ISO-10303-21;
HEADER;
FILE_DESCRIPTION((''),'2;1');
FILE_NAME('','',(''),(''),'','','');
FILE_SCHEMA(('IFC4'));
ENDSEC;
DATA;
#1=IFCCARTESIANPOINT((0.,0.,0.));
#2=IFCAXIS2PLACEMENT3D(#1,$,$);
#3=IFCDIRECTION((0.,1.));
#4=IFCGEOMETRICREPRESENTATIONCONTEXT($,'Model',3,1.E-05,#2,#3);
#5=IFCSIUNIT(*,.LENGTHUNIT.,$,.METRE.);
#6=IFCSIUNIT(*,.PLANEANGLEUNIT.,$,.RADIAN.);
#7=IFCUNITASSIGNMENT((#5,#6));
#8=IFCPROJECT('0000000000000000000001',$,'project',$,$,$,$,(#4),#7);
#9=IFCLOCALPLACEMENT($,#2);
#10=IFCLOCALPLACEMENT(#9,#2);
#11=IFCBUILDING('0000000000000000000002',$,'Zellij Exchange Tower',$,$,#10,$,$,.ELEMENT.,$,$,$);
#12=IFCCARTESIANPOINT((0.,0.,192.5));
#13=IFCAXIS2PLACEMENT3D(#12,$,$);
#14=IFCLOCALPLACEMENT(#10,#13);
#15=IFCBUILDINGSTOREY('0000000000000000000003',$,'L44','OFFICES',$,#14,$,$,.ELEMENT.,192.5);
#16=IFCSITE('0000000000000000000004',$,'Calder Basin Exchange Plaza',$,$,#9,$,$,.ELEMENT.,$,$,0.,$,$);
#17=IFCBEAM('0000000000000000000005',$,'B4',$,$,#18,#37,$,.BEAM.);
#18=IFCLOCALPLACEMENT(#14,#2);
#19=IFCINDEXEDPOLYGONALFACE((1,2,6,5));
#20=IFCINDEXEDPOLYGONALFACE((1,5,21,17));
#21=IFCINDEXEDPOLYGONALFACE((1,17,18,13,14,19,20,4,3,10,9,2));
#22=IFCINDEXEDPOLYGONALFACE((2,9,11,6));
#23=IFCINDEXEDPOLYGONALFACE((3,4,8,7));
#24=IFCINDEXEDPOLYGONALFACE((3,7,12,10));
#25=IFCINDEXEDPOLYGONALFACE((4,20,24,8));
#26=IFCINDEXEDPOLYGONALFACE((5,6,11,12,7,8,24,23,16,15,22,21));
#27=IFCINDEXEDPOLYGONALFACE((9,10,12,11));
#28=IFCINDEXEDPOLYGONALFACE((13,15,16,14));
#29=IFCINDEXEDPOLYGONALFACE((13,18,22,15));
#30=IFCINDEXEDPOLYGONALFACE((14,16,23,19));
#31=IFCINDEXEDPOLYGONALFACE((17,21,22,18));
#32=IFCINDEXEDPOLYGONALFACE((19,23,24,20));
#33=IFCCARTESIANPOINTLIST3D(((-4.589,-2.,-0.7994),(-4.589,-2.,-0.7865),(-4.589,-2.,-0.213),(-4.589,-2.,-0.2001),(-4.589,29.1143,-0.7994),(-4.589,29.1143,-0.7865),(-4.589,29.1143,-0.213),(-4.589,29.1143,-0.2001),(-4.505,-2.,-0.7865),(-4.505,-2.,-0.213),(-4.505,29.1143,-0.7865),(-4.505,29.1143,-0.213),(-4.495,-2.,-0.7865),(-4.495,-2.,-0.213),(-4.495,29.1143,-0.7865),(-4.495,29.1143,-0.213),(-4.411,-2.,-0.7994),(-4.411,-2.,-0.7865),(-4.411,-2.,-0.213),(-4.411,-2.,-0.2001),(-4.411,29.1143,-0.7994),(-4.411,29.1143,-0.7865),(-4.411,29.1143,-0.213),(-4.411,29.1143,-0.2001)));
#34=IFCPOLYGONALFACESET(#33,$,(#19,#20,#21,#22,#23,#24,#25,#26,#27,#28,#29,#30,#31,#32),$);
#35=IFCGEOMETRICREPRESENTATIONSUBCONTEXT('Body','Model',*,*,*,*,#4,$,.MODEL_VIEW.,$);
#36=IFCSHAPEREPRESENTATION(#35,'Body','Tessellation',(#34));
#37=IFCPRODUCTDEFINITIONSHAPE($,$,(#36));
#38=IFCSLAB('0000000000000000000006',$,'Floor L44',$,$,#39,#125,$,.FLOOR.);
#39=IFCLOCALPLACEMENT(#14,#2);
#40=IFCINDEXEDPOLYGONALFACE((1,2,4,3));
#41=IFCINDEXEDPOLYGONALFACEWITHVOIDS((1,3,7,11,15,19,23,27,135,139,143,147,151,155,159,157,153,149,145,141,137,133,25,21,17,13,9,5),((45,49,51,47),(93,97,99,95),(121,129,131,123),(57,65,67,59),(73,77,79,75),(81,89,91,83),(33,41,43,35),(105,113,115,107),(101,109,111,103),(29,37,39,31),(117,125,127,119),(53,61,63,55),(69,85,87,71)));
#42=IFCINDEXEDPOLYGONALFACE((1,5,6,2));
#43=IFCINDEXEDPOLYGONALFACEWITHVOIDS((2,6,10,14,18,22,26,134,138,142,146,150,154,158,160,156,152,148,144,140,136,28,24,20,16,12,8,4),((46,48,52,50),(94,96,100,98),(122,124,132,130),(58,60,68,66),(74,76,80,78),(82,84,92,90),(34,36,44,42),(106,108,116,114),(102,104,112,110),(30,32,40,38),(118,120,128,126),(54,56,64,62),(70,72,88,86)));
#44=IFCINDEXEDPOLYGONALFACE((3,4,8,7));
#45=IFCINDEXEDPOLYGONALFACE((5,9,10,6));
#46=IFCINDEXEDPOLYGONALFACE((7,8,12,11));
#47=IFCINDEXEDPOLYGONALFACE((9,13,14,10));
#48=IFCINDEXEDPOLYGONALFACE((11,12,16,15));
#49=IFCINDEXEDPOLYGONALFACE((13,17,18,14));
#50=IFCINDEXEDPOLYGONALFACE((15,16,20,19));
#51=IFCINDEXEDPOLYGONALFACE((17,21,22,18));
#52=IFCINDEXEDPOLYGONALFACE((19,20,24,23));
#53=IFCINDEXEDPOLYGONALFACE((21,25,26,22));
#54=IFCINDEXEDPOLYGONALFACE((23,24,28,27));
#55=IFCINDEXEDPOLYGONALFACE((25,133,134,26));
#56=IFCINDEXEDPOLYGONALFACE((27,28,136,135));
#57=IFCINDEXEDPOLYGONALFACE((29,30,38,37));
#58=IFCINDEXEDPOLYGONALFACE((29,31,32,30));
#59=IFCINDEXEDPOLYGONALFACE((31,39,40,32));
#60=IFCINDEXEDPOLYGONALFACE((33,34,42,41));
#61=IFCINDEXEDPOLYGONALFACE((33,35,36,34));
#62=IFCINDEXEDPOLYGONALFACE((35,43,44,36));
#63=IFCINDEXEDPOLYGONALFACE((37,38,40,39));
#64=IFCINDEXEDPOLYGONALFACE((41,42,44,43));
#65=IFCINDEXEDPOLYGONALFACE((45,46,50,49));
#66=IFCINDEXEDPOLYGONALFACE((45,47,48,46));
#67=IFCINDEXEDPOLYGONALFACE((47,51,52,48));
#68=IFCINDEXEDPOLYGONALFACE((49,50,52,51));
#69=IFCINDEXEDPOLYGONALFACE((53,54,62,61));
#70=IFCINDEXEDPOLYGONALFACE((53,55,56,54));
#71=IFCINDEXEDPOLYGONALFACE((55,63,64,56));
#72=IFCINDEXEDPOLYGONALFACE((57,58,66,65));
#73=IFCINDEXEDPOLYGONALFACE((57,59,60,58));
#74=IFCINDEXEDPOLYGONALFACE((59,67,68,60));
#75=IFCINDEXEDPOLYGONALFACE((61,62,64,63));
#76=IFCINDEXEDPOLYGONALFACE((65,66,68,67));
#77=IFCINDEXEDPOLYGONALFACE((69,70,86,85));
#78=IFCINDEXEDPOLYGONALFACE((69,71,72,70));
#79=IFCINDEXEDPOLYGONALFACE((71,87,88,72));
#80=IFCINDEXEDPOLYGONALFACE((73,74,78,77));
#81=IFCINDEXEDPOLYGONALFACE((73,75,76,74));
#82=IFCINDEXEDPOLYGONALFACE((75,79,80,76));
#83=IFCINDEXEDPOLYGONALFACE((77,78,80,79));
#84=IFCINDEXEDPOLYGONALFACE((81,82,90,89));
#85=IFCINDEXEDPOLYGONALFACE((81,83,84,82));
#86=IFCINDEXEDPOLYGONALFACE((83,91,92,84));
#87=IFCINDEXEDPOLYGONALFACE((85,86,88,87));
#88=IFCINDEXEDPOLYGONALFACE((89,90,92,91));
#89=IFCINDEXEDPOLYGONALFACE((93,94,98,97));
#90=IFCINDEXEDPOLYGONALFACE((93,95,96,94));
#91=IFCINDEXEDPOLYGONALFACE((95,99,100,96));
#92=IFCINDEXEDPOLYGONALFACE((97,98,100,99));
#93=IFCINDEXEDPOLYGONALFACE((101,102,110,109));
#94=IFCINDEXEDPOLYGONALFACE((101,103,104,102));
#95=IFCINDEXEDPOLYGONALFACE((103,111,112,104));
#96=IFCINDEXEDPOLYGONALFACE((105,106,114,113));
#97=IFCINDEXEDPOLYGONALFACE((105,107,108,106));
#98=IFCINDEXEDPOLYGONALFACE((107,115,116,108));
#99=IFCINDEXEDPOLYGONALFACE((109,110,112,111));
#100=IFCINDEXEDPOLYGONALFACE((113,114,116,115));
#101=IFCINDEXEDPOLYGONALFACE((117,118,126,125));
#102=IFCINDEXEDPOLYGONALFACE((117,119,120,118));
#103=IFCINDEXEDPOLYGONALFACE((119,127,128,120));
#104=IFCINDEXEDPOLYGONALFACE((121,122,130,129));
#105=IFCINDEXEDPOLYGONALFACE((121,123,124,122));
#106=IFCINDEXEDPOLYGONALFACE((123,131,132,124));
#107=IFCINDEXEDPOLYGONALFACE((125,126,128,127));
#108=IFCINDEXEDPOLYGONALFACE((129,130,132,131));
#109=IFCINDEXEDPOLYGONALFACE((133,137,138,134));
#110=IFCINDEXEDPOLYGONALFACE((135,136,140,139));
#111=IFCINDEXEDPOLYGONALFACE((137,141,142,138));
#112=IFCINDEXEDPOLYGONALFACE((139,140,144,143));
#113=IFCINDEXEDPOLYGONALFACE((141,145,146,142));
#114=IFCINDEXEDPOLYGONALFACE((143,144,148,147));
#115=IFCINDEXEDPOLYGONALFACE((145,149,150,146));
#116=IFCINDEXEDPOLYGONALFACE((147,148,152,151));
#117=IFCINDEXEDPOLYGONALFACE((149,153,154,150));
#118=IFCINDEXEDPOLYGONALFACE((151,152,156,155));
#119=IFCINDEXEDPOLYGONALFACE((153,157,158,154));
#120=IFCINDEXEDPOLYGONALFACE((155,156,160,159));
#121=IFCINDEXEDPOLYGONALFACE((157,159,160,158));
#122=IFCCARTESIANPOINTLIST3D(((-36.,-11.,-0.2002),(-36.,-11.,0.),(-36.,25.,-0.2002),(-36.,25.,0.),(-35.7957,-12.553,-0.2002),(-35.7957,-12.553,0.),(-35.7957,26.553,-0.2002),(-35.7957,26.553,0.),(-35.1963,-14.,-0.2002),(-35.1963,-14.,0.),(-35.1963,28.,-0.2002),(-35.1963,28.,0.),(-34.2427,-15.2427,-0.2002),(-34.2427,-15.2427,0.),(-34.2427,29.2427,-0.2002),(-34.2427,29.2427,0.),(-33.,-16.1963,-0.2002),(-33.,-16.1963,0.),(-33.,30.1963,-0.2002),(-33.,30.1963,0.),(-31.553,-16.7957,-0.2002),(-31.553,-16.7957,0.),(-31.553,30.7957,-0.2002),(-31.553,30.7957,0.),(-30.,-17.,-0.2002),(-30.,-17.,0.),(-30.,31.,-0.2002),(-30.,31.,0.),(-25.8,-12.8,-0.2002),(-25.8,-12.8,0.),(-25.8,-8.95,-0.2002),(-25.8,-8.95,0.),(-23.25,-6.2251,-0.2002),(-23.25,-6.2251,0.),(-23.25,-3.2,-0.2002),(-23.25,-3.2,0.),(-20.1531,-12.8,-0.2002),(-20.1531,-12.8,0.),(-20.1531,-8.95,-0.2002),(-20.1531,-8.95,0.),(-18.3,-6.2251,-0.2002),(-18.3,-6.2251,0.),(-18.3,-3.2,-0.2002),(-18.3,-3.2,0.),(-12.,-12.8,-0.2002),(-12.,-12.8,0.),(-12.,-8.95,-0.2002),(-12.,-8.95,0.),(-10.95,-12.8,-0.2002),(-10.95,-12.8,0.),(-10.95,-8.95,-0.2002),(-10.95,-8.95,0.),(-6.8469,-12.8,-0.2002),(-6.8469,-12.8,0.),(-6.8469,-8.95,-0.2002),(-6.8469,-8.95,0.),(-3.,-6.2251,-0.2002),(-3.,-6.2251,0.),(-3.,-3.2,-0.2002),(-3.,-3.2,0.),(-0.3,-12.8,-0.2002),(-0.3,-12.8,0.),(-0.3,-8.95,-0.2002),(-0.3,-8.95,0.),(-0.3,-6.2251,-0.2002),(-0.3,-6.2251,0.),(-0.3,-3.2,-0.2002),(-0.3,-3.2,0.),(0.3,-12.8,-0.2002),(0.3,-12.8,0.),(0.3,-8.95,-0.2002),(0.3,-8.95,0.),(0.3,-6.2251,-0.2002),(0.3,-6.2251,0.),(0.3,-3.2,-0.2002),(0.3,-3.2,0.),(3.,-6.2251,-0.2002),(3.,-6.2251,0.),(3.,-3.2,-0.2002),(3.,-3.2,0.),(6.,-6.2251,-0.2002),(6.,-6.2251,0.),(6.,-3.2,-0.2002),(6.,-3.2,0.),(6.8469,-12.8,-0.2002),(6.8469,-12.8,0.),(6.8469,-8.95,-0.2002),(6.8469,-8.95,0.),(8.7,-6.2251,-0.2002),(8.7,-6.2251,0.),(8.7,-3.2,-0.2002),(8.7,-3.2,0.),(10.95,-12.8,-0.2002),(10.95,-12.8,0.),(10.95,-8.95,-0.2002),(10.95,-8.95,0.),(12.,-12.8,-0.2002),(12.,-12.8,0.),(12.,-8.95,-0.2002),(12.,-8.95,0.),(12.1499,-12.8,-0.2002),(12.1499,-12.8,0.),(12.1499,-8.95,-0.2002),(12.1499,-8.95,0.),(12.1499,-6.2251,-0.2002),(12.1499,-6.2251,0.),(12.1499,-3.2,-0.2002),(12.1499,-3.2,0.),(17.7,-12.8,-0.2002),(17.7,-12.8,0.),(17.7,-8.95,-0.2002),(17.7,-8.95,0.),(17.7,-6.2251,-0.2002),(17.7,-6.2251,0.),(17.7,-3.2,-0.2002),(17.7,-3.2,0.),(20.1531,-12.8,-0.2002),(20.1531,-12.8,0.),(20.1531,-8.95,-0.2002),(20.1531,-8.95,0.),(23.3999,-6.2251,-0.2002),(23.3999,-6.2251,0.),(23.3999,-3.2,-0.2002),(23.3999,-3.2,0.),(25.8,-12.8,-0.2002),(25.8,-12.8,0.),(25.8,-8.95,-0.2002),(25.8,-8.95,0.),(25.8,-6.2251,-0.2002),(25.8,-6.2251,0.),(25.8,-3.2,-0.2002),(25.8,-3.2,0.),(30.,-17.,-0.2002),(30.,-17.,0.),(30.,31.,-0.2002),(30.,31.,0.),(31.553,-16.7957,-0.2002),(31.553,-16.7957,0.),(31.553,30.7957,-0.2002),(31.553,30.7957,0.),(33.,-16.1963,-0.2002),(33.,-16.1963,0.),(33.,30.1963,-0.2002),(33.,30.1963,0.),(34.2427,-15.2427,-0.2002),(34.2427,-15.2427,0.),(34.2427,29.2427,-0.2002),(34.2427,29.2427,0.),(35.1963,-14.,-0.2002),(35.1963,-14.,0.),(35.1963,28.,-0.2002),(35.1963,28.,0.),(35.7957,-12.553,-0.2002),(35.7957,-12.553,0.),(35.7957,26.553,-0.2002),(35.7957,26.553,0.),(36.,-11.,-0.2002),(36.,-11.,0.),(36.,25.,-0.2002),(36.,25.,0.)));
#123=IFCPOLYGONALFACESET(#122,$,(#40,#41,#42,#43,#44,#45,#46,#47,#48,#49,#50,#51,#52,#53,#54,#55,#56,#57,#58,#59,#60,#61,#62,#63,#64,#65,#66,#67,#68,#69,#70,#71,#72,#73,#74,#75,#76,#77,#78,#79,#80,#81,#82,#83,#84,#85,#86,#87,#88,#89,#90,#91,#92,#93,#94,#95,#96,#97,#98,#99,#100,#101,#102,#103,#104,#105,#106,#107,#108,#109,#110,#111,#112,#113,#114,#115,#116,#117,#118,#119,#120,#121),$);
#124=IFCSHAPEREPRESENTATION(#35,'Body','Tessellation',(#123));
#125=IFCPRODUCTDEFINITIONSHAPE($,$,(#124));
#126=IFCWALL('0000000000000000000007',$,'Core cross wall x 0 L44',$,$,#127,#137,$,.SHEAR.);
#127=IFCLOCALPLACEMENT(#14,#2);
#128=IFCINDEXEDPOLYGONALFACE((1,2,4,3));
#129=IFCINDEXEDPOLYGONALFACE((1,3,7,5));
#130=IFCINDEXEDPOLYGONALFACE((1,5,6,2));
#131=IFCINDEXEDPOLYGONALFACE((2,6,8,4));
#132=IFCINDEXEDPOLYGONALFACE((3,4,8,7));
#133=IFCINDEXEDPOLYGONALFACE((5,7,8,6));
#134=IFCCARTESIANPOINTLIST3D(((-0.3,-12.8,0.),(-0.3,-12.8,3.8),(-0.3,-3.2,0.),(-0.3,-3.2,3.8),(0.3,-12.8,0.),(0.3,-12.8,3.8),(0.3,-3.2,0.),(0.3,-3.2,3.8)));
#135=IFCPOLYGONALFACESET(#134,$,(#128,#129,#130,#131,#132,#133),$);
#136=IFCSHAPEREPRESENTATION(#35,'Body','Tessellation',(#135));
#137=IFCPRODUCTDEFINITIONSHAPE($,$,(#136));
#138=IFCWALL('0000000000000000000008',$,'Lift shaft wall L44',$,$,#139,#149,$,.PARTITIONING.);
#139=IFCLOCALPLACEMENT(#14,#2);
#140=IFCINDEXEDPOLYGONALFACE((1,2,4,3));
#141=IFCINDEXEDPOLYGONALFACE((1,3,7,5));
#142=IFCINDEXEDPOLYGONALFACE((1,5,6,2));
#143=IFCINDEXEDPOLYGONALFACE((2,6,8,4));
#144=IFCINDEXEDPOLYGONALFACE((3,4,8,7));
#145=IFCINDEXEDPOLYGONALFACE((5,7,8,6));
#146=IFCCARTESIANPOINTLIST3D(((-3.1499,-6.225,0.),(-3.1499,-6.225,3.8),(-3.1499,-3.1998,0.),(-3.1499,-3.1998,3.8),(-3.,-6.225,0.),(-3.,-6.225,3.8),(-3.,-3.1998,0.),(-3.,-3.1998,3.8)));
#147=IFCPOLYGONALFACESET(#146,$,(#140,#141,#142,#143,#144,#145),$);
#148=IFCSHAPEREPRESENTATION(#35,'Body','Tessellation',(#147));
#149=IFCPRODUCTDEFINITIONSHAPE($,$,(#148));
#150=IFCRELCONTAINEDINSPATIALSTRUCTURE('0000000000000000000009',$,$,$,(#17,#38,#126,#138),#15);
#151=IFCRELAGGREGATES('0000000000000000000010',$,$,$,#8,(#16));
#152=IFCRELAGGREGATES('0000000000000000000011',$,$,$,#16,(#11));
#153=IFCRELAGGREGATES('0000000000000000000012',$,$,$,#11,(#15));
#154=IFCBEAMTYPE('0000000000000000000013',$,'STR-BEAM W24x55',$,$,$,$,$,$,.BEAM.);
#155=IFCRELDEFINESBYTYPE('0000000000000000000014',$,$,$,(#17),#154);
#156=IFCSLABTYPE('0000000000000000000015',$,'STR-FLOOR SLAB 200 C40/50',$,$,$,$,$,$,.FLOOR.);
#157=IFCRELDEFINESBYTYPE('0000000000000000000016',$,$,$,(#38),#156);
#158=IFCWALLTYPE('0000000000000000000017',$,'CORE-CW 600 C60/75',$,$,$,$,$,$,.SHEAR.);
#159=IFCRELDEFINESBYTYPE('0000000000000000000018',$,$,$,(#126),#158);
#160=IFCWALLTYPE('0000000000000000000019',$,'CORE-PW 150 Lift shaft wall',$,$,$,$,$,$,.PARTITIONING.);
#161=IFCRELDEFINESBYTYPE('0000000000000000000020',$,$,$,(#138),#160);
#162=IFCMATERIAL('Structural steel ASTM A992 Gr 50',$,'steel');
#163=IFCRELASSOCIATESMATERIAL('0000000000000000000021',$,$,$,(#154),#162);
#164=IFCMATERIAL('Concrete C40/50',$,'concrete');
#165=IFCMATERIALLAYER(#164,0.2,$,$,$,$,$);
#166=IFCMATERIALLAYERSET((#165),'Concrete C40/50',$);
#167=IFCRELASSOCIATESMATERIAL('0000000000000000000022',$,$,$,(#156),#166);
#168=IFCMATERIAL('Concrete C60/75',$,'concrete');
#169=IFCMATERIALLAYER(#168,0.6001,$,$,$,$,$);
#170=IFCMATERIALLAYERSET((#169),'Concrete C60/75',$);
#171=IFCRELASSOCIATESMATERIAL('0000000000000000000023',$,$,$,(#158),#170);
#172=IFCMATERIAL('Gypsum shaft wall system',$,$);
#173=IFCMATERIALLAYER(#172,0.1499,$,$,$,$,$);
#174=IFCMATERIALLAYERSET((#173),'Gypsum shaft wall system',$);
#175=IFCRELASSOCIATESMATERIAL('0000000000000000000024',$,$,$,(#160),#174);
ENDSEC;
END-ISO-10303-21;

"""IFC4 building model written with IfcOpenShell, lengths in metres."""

from ifc_helpers import new_model, si_unit, direction, frame, frame_2d, origin, origin_2d, place, context, subcontext, project, spatial, polyline, rectangle, i_section, outline, extrude, material, layer, layer_set, material_profile, profile_set, type_object, element, save


model = new_model("IFC4")

# Units and contexts
model_context = context("Model", 3, precision=1e-05, world=origin(), true_north=direction((0.0, 1.0)))
body_context = subcontext(model_context, "Body", "Model", "MODEL_VIEW")
ifc_project = project(units=[si_unit("LENGTHUNIT", "METRE"), si_unit("PLANEANGLEUNIT", "RADIAN")], contexts=[model_context])

# Site, building, storey
site_placement = place(None, origin())
site = spatial("IfcSite", under=ifc_project, at=site_placement, Name="Calder Basin Exchange Plaza", CompositionType="ELEMENT", RefElevation=0.0)
building_placement = place(site_placement, origin())
building = spatial("IfcBuilding", under=site, at=building_placement, Name="Zellij Exchange Tower", CompositionType="ELEMENT")
storey_placement = place(building_placement, frame((0.0, 0.0, 192.5)))
storey = spatial("IfcBuildingStorey", under=building, at=storey_placement, Name="L44", Description="OFFICES", CompositionType="ELEMENT", Elevation=192.5)

# Beam
ifc_material_1 = material(Name="Structural steel ASTM A992 Gr 50", Category="steel")
ifc_material_profile = material_profile(ifc_material_1, i_section(OverallWidth=0.178, OverallDepth=0.5994, WebThickness=0.01, FlangeThickness=0.0129, at=origin_2d()), Name="W24x55")
ifc_profile_set = profile_set([ifc_material_profile], Name="Structural steel ASTM A992 Gr 50")
beam_type = type_object("IfcBeamType", Name="STR-BEAM W24x55", PredefinedType="BEAM", material=ifc_profile_set)
beam_placement = place(storey_placement, frame((-4.5, -2.0, -0.4998), z_axis=(0.0, 1.0, 0.0), x_axis=(-1.0, 0.0, 0.0)))
element("IfcBeam", 1, at=beam_placement, inside=storey, type_object=beam_type, Name="B4", PredefinedType="BEAM", context=body_context, shape_type="SweptSolid", body=[
    extrude(i_section(OverallWidth=0.178, OverallDepth=0.5994, WebThickness=0.01, FlangeThickness=0.0129, at=origin_2d()), origin(), (0.0, 0.0, 1.0), 31.1143),
])

# Slab
ifc_material_2 = material(Name="Concrete C40/50", Category="concrete")
ifc_layer_1 = layer(ifc_material_2, 0.2)
ifc_layer_set_1 = layer_set([ifc_layer_1], Name="Concrete C40/50")
slab_type = type_object("IfcSlabType", Name="STR-FLOOR SLAB 200 C40/50", PredefinedType="FLOOR", material=ifc_layer_set_1)
slab_placement = place(storey_placement, frame((0.0, 0.0, -0.2002)))
element("IfcSlab", 2, at=slab_placement, inside=storey, type_object=slab_type, Name="Floor L44", PredefinedType="FLOOR", context=body_context, shape_type="SweptSolid", body=[
    extrude(outline(polyline([(-30.0, -17.0), (-31.553, -16.7957), (-33.0, -16.1963), (-34.2427, -15.2427), (-35.1963, -14.0), (-35.7957, -12.553), (-36.0, -11.0), (-36.0, 25.0), (-35.7957, 26.553), (-35.1963, 28.0), (-34.2427, 29.2427), (-33.0, 30.1963), (-31.553, 30.7957), (-30.0, 31.0), (30.0, 31.0), (31.553, 30.7957), (33.0, 30.1963), (34.2427, 29.2427), (35.1963, 28.0), (35.7957, 26.553), (36.0, 25.0), (36.0, -11.0), (35.7957, -12.553), (35.1963, -14.0), (34.2427, -15.2427), (33.0, -16.1963), (31.553, -16.7957), (30.0, -17.0), (-30.0, -17.0)]), holes=[polyline([(-25.8, -8.95), (-25.8, -12.8), (-20.1531, -12.8), (-20.1531, -8.95), (-25.8, -8.95)]), polyline([(-10.95, -8.95), (-12.0, -8.95), (-12.0, -12.8), (-10.95, -12.8), (-10.95, -8.95)]), polyline([(-0.3, -8.95), (-6.8469, -8.95), (-6.8469, -12.8), (-0.3, -12.8), (-0.3, -8.95)]), polyline([(0.3, -8.95), (0.3, -12.8), (6.8469, -12.8), (6.8469, -8.95), (0.3, -8.95)]), polyline([(-18.3, -3.2), (-23.25, -3.2), (-23.25, -6.2251), (-18.3, -6.2251), (-18.3, -3.2)]), polyline([(-0.3, -3.2), (-3.0, -3.2), (-3.0, -6.2251), (-0.3, -6.2251), (-0.3, -3.2)]), polyline([(0.3, -3.2), (0.3, -6.2251), (3.0, -6.2251), (3.0, -3.2), (0.3, -3.2)]), polyline([(12.0, -8.95), (10.95, -8.95), (10.95, -12.8), (12.0, -12.8), (12.0, -8.95)]), polyline([(17.7, -8.95), (12.1499, -8.95), (12.1499, -12.8), (17.7, -12.8), (17.7, -8.95)]), polyline([(25.8, -8.95), (20.1531, -8.95), (20.1531, -12.8), (25.8, -12.8), (25.8, -8.95)]), polyline([(8.7, -3.2), (6.0, -3.2), (6.0, -6.2251), (8.7, -6.2251), (8.7, -3.2)]), polyline([(17.7, -3.2), (12.1499, -3.2), (12.1499, -6.2251), (17.7, -6.2251), (17.7, -3.2)]), polyline([(25.8, -3.2), (23.3999, -3.2), (23.3999, -6.2251), (25.8, -6.2251), (25.8, -3.2)])]), origin(), (0.0, 0.0, 1.0), 0.2002),
])

# Walls
ifc_material_3 = material(Name="Concrete C60/75", Category="concrete")
ifc_layer_2 = layer(ifc_material_3, 0.6001)
ifc_layer_set_2 = layer_set([ifc_layer_2], Name="Concrete C60/75")
wall_type_1 = type_object("IfcWallType", Name="CORE-CW 600 C60/75", PredefinedType="SHEAR", material=ifc_layer_set_2)
wall_1_placement = place(storey_placement, frame((0.0, -12.8, 0.0), z_axis=(0.0, 0.0, 1.0), x_axis=(0.0, 1.0, 0.0)))
element("IfcWall", 3, at=wall_1_placement, inside=storey, type_object=wall_type_1, Name="Core cross wall x 0 L44", PredefinedType="SHEAR", context=body_context, shape_type="SweptSolid", body=[
    extrude(rectangle(XDim=9.6001, YDim=0.6001, at=frame_2d((4.8, 0.0))), origin(), (0.0, 0.0, 1.0), 3.8),
])
ifc_material_4 = material(Name="Gypsum shaft wall system")
ifc_layer_3 = layer(ifc_material_4, 0.1499)
ifc_layer_set_3 = layer_set([ifc_layer_3], Name="Gypsum shaft wall system")
wall_type_2 = type_object("IfcWallType", Name="CORE-PW 150 Lift shaft wall", PredefinedType="PARTITIONING", material=ifc_layer_set_3)
wall_2_placement = place(storey_placement, frame((-3.075, -6.2251, 0.0), z_axis=(0.0, 0.0, 1.0), x_axis=(0.0, 1.0, 0.0)))
element("IfcWall", 4, at=wall_2_placement, inside=storey, type_object=wall_type_2, Name="Lift shaft wall L44", PredefinedType="PARTITIONING", context=body_context, shape_type="SweptSolid", body=[
    extrude(rectangle(XDim=3.0251, YDim=0.1499, at=frame_2d((1.5127, 0.0))), origin(), (0.0, 0.0, 1.0), 3.8),
])

save(model, "model.ifc")
